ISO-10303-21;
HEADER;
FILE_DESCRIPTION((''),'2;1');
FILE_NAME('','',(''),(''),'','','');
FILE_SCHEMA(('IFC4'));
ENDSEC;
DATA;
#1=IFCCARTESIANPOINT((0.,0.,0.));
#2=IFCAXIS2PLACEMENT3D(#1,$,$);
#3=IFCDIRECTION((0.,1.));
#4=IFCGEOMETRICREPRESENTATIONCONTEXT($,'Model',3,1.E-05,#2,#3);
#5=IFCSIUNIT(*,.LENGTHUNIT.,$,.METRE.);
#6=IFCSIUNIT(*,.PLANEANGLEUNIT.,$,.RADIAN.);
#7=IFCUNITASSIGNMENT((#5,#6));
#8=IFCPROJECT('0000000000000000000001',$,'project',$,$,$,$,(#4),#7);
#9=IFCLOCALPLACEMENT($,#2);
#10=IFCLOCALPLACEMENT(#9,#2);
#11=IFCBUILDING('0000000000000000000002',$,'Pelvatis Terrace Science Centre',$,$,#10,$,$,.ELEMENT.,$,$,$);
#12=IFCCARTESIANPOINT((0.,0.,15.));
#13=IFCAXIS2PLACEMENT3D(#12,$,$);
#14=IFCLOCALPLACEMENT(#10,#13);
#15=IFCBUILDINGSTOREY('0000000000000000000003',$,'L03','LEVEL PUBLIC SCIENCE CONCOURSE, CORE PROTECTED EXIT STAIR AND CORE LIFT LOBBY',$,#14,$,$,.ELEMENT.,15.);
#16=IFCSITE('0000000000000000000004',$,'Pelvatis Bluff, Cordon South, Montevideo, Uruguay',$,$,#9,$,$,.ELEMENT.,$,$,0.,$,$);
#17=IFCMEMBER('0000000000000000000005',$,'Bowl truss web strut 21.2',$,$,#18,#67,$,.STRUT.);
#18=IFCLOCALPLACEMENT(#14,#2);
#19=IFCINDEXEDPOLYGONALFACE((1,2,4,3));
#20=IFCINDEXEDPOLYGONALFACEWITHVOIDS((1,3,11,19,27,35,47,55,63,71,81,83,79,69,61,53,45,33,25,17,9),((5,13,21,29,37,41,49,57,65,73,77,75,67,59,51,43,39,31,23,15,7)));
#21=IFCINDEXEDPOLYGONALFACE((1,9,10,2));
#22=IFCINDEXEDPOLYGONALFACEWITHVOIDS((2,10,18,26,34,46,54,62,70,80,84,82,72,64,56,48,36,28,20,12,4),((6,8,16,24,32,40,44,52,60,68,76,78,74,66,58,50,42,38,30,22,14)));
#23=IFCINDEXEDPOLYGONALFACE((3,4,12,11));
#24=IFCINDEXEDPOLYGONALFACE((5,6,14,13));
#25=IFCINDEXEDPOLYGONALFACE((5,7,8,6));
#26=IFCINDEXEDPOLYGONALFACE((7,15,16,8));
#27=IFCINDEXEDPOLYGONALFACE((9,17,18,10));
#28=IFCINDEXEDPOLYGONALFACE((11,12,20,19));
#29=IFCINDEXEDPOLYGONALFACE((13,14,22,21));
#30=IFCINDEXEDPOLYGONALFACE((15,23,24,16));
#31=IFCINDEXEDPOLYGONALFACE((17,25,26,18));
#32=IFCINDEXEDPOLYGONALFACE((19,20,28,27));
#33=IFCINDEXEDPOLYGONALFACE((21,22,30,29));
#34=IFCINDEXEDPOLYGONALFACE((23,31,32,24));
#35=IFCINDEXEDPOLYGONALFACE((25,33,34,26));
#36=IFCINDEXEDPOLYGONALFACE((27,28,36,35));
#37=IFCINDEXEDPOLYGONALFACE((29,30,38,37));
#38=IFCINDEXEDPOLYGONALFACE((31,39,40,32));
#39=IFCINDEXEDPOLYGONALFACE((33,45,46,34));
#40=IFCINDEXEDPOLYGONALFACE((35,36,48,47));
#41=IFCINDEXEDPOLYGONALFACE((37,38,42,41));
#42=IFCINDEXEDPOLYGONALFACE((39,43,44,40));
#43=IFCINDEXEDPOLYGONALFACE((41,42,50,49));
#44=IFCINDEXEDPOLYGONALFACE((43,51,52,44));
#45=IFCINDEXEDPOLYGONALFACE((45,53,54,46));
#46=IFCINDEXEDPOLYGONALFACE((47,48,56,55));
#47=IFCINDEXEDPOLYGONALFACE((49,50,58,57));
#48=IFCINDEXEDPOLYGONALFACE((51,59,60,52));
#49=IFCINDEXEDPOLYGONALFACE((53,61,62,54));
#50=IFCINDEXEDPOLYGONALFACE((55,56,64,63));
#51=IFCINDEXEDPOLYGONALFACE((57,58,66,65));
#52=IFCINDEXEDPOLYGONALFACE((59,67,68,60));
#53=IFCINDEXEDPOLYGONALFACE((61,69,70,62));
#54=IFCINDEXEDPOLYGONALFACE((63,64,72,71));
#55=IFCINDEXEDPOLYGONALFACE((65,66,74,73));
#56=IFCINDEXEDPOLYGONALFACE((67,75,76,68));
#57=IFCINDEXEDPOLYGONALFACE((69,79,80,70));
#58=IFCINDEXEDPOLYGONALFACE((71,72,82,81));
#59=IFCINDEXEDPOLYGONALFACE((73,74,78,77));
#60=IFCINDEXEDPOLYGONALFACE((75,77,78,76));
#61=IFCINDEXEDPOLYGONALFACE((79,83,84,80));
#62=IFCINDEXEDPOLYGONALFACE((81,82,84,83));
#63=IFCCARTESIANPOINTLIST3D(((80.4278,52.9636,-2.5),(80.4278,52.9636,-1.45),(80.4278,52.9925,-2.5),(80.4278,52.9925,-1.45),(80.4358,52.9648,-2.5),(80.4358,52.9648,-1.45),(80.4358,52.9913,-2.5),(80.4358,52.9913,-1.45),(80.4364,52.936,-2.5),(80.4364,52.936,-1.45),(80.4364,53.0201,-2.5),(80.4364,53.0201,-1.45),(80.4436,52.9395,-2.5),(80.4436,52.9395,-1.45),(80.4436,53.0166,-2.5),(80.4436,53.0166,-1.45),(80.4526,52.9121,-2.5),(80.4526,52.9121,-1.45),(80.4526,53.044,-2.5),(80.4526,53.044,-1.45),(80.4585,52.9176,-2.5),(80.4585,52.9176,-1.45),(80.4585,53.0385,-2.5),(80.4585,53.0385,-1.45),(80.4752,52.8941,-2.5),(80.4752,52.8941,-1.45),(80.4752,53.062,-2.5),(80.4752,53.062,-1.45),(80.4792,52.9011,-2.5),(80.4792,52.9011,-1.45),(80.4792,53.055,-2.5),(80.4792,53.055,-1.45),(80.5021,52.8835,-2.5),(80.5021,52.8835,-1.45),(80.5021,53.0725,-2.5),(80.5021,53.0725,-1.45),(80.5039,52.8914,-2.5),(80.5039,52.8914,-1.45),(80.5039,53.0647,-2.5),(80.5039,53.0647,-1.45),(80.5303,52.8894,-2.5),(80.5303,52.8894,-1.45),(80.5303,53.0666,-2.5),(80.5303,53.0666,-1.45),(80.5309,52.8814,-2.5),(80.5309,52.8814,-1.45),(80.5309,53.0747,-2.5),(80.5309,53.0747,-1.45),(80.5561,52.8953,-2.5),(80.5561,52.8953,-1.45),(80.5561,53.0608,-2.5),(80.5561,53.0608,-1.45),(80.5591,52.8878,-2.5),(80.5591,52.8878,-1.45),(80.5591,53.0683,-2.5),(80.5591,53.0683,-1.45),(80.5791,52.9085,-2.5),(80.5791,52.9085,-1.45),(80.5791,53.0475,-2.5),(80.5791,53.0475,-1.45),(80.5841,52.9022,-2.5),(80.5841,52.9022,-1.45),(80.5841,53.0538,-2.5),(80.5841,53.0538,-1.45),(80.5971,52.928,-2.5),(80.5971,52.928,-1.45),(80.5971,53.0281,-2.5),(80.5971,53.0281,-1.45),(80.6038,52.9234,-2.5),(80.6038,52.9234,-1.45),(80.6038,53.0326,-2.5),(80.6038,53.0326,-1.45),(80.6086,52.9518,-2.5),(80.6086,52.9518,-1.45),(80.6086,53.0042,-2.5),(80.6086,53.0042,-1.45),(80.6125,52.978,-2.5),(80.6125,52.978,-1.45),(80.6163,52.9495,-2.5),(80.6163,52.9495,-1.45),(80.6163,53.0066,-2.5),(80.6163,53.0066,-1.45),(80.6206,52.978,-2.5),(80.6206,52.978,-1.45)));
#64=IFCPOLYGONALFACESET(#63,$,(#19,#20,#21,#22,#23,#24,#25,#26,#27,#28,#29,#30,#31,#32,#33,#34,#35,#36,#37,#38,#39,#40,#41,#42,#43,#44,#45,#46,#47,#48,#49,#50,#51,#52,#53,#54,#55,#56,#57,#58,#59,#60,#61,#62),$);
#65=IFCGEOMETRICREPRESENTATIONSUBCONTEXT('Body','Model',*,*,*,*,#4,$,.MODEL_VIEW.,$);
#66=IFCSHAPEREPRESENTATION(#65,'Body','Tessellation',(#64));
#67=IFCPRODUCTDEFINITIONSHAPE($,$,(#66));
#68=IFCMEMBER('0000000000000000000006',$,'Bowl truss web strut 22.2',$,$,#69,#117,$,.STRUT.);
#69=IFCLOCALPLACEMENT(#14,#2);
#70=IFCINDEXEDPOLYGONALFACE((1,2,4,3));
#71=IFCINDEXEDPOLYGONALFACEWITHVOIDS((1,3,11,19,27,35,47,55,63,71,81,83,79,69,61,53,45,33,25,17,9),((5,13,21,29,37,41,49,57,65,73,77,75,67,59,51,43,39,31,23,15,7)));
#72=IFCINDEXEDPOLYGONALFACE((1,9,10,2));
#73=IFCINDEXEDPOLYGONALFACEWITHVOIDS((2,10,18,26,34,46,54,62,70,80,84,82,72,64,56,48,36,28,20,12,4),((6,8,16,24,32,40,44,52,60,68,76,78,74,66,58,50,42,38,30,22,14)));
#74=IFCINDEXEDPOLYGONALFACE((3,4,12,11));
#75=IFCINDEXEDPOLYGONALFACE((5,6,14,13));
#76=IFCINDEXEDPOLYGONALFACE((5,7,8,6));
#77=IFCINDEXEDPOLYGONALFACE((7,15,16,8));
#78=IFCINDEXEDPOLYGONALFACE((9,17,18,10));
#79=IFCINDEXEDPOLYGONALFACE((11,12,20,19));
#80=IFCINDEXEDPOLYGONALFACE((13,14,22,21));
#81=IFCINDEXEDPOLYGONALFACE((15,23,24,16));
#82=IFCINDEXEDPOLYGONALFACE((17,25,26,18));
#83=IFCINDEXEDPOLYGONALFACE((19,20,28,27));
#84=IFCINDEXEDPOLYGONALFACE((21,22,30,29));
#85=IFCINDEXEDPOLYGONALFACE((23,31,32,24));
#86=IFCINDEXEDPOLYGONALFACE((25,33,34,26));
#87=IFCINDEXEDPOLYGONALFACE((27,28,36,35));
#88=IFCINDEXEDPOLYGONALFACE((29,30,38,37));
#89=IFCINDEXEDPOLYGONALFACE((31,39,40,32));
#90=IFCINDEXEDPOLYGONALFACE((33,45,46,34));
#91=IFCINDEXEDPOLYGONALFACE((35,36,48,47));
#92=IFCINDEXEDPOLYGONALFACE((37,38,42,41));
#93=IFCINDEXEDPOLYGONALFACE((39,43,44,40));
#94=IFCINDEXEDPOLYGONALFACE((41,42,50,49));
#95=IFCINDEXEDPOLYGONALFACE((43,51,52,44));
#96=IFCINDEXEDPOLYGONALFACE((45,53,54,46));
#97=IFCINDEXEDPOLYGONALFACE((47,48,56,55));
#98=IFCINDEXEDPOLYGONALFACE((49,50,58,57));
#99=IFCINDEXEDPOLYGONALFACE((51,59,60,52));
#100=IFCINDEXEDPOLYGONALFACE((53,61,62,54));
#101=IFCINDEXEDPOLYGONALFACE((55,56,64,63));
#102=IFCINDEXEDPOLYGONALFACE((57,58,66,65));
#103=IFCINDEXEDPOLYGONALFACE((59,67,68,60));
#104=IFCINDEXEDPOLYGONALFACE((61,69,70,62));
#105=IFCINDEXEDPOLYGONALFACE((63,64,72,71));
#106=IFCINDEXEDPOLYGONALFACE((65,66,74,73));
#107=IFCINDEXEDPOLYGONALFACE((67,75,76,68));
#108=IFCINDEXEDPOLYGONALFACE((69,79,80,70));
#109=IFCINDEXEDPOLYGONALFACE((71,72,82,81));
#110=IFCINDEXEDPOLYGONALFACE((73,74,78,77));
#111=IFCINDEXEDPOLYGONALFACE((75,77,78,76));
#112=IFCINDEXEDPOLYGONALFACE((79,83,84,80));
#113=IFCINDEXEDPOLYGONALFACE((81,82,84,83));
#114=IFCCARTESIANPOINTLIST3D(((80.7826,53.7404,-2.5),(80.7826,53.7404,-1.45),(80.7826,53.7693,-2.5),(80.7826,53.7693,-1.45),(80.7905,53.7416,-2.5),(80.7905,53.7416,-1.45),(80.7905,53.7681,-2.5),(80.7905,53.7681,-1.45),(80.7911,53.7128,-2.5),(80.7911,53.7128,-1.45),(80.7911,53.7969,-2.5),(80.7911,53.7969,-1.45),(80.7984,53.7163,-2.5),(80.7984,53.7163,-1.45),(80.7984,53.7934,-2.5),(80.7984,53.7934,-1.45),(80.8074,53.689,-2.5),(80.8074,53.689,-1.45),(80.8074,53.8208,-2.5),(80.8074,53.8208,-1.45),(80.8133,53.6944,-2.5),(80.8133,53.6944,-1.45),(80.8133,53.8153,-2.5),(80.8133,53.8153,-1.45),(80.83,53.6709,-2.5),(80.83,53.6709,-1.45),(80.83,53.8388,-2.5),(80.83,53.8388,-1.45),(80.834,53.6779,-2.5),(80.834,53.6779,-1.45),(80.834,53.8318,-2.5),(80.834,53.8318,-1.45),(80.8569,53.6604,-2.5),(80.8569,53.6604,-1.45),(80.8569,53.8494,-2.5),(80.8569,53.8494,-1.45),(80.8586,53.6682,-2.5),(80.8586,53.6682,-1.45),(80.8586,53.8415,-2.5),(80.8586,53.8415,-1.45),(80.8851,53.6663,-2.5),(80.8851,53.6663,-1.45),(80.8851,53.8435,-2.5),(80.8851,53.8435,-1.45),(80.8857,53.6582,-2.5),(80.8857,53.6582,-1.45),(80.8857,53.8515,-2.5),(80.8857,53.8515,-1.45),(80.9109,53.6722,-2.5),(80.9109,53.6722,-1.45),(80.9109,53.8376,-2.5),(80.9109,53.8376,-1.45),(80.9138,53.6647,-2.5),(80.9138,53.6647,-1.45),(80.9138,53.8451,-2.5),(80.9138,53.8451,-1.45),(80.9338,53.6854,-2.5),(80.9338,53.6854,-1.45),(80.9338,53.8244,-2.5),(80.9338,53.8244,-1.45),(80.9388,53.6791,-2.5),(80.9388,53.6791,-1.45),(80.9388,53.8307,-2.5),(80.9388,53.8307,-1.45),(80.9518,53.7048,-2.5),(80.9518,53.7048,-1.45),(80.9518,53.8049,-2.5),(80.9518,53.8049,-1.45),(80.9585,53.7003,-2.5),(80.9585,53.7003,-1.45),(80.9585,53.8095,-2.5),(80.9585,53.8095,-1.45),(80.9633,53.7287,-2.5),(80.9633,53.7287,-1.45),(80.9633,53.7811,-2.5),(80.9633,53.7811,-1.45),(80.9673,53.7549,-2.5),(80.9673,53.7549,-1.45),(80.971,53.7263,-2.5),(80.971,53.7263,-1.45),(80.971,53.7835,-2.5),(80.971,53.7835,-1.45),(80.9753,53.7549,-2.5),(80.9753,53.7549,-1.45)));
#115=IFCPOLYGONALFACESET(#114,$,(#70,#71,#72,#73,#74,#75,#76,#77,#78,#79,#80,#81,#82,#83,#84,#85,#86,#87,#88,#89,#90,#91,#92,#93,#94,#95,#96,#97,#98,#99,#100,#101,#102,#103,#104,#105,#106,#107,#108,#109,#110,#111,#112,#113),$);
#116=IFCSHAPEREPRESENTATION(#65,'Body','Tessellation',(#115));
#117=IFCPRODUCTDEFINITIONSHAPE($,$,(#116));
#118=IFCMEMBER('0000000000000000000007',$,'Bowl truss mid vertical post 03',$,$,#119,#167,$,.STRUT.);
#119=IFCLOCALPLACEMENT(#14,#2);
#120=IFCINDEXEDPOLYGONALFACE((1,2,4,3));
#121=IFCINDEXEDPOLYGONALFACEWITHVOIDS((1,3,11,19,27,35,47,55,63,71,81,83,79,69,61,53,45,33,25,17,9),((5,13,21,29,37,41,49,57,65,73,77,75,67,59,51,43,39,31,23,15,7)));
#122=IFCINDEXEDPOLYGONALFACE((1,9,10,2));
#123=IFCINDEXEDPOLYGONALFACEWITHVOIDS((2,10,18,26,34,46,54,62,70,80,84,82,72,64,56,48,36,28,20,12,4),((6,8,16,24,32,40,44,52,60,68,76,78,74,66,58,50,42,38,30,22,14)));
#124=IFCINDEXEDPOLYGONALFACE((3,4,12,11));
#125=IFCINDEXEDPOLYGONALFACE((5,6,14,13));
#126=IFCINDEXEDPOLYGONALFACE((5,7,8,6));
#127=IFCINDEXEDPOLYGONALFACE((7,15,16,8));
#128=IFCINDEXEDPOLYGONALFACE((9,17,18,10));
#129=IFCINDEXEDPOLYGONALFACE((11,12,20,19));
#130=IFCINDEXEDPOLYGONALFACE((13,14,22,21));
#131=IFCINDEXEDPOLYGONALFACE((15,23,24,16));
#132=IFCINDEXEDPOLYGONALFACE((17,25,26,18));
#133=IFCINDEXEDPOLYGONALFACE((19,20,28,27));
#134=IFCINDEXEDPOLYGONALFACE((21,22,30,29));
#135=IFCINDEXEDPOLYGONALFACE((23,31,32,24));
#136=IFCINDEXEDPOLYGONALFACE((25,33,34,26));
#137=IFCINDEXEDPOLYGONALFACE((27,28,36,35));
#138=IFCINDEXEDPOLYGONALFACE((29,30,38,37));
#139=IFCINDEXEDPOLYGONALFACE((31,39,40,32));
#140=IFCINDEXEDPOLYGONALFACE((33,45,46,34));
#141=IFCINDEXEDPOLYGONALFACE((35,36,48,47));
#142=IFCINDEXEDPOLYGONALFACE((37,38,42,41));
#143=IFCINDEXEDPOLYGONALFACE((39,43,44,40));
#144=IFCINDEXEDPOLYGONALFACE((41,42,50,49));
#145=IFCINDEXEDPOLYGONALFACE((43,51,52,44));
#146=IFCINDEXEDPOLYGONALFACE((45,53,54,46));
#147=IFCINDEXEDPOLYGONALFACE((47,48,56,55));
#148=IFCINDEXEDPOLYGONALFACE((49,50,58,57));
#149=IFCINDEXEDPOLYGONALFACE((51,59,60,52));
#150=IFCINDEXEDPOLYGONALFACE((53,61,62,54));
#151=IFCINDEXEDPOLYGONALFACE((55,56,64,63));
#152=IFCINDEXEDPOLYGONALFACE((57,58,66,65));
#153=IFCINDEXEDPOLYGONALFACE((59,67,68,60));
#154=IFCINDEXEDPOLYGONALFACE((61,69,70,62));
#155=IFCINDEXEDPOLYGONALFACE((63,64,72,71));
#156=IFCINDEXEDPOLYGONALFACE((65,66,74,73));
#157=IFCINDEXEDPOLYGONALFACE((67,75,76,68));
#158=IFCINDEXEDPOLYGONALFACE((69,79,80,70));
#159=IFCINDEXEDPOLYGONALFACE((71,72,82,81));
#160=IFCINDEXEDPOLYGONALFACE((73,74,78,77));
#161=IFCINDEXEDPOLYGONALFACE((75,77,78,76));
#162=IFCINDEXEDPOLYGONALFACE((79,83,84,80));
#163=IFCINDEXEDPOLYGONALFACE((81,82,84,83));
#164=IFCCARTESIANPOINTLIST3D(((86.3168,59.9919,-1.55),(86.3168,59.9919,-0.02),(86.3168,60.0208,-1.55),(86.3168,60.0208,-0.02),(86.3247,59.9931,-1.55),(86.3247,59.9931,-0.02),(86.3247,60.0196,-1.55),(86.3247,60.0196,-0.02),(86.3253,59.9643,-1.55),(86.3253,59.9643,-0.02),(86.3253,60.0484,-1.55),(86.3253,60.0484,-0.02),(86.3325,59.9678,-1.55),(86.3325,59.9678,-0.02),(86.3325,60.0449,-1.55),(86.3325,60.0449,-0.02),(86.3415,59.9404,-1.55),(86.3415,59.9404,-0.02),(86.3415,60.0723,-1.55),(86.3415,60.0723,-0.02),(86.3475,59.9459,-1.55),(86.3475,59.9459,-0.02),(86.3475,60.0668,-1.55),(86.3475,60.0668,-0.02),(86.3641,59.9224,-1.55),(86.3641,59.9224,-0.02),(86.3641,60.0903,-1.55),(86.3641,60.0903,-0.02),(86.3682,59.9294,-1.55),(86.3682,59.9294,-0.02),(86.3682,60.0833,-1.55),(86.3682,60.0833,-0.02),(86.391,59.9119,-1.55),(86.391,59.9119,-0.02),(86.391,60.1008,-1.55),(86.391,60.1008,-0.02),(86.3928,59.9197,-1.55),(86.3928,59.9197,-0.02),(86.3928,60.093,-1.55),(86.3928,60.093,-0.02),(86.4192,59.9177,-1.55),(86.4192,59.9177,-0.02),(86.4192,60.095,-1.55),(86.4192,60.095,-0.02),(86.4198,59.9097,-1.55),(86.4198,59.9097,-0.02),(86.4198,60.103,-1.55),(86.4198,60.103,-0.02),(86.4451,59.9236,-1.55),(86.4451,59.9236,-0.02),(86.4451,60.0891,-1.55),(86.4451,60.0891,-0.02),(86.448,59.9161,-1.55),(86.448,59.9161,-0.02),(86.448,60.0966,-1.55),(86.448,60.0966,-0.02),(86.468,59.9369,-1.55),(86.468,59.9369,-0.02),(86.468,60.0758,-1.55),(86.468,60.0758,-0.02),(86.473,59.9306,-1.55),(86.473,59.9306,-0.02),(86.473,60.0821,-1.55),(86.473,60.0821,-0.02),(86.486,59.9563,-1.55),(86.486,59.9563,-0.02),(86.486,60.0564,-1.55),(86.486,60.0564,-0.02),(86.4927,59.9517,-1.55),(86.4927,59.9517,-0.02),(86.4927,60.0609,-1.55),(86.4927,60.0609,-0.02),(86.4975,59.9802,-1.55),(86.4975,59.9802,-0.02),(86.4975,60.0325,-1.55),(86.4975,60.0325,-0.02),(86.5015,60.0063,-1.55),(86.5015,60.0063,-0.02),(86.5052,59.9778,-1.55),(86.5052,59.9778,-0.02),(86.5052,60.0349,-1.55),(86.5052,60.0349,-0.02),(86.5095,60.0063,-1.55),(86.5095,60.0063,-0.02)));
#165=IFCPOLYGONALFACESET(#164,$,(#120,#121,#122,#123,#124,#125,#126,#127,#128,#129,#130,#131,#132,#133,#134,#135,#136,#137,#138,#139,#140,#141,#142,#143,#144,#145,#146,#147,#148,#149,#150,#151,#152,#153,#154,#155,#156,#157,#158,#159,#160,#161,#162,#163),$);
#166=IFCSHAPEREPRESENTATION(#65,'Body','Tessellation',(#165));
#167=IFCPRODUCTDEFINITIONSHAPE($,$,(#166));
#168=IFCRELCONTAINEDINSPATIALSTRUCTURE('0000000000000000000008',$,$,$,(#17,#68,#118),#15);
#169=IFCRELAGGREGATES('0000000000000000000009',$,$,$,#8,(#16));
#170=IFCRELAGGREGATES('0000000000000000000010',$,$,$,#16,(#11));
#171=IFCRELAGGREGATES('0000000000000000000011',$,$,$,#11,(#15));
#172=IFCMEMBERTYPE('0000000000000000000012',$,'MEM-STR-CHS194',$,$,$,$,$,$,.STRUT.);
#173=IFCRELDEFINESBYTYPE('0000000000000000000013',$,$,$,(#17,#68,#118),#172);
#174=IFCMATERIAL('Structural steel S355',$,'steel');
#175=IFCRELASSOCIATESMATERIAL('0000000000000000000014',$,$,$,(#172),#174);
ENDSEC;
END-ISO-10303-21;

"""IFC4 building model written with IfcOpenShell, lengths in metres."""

from ifc_helpers import new_model, si_unit, direction, frame, origin, origin_2d, place, context, subcontext, project, spatial, hollow_circle, extrude, material, material_profile, profile_set, type_object, element, save


model = new_model("IFC4")

# Units and contexts
model_context = context("Model", 3, precision=1e-05, world=origin(), true_north=direction((0.0, 1.0)))
body_context = subcontext(model_context, "Body", "Model", "MODEL_VIEW")
ifc_project = project(units=[si_unit("LENGTHUNIT", "METRE"), si_unit("PLANEANGLEUNIT", "RADIAN")], contexts=[model_context])

# Site, building, storey
site_placement = place(None, origin())
site = spatial("IfcSite", under=ifc_project, at=site_placement, Name="Pelvatis Bluff, Cordon South, Montevideo, Uruguay", CompositionType="ELEMENT", RefElevation=0.0)
building_placement = place(site_placement, origin())
building = spatial("IfcBuilding", under=site, at=building_placement, Name="Pelvatis Terrace Science Centre", CompositionType="ELEMENT")
storey_placement = place(building_placement, frame((0.0, 0.0, 15.0)))
storey = spatial("IfcBuildingStorey", under=building, at=storey_placement, Name="L03", Description="LEVEL PUBLIC SCIENCE CONCOURSE, CORE PROTECTED EXIT STAIR AND CORE LIFT LOBBY", CompositionType="ELEMENT", Elevation=15.0)

# Members
ifc_material_1 = material(Name="Structural steel S355", Category="steel")
ifc_material_profile_1 = material_profile(ifc_material_1, hollow_circle(Radius=0.0969, WallThickness=0.0081, at=origin_2d()), Name="CHS 193.7x8.0")
ifc_profile_set_1 = profile_set([ifc_material_profile_1], Name="Structural steel S355")
member_type_1 = type_object("IfcMemberType", Name="MEM-STR-CHS194", PredefinedType="STRUT", material=ifc_profile_set_1)
for number, where, z_axis, x_axis, name in (
    (1, (80.5237, 52.978, -2.5), (0.0, 0.0, 1.0), (1.0, 0.0, 0.0), "Bowl truss web strut 21.2"),
    (2, (80.8784, 53.7549, -2.5), (0.0, 0.0, 1.0), (1.0, 0.0, 0.0), "Bowl truss web strut 22.2"),
):
    element("IfcMember", number, at=place(storey_placement, frame(where, z_axis=z_axis, x_axis=x_axis)), inside=storey, type_object=member_type_1, Name=name, PredefinedType="STRUT", context=body_context, shape_type="SweptSolid", body=[
        extrude(hollow_circle(Radius=0.0969, WallThickness=0.0081, at=origin_2d()), origin(), (0.0, 0.0, 1.0), 1.05),
    ])
for number, where, z_axis, x_axis, name in (
    (3, (86.4126, 60.0063, -1.55), (0.0, 0.0, 1.0), (1.0, 0.0, 0.0), "Bowl truss mid vertical post 03"),
):
    element("IfcMember", number, at=place(storey_placement, frame(where, z_axis=z_axis, x_axis=x_axis)), inside=storey, type_object=member_type_1, Name=name, PredefinedType="STRUT", context=body_context, shape_type="SweptSolid", body=[
        extrude(hollow_circle(Radius=0.0969, WallThickness=0.0081, at=origin_2d()), origin(), (0.0, 0.0, 1.0), 1.53),
    ])

save(model, "model.ifc")
